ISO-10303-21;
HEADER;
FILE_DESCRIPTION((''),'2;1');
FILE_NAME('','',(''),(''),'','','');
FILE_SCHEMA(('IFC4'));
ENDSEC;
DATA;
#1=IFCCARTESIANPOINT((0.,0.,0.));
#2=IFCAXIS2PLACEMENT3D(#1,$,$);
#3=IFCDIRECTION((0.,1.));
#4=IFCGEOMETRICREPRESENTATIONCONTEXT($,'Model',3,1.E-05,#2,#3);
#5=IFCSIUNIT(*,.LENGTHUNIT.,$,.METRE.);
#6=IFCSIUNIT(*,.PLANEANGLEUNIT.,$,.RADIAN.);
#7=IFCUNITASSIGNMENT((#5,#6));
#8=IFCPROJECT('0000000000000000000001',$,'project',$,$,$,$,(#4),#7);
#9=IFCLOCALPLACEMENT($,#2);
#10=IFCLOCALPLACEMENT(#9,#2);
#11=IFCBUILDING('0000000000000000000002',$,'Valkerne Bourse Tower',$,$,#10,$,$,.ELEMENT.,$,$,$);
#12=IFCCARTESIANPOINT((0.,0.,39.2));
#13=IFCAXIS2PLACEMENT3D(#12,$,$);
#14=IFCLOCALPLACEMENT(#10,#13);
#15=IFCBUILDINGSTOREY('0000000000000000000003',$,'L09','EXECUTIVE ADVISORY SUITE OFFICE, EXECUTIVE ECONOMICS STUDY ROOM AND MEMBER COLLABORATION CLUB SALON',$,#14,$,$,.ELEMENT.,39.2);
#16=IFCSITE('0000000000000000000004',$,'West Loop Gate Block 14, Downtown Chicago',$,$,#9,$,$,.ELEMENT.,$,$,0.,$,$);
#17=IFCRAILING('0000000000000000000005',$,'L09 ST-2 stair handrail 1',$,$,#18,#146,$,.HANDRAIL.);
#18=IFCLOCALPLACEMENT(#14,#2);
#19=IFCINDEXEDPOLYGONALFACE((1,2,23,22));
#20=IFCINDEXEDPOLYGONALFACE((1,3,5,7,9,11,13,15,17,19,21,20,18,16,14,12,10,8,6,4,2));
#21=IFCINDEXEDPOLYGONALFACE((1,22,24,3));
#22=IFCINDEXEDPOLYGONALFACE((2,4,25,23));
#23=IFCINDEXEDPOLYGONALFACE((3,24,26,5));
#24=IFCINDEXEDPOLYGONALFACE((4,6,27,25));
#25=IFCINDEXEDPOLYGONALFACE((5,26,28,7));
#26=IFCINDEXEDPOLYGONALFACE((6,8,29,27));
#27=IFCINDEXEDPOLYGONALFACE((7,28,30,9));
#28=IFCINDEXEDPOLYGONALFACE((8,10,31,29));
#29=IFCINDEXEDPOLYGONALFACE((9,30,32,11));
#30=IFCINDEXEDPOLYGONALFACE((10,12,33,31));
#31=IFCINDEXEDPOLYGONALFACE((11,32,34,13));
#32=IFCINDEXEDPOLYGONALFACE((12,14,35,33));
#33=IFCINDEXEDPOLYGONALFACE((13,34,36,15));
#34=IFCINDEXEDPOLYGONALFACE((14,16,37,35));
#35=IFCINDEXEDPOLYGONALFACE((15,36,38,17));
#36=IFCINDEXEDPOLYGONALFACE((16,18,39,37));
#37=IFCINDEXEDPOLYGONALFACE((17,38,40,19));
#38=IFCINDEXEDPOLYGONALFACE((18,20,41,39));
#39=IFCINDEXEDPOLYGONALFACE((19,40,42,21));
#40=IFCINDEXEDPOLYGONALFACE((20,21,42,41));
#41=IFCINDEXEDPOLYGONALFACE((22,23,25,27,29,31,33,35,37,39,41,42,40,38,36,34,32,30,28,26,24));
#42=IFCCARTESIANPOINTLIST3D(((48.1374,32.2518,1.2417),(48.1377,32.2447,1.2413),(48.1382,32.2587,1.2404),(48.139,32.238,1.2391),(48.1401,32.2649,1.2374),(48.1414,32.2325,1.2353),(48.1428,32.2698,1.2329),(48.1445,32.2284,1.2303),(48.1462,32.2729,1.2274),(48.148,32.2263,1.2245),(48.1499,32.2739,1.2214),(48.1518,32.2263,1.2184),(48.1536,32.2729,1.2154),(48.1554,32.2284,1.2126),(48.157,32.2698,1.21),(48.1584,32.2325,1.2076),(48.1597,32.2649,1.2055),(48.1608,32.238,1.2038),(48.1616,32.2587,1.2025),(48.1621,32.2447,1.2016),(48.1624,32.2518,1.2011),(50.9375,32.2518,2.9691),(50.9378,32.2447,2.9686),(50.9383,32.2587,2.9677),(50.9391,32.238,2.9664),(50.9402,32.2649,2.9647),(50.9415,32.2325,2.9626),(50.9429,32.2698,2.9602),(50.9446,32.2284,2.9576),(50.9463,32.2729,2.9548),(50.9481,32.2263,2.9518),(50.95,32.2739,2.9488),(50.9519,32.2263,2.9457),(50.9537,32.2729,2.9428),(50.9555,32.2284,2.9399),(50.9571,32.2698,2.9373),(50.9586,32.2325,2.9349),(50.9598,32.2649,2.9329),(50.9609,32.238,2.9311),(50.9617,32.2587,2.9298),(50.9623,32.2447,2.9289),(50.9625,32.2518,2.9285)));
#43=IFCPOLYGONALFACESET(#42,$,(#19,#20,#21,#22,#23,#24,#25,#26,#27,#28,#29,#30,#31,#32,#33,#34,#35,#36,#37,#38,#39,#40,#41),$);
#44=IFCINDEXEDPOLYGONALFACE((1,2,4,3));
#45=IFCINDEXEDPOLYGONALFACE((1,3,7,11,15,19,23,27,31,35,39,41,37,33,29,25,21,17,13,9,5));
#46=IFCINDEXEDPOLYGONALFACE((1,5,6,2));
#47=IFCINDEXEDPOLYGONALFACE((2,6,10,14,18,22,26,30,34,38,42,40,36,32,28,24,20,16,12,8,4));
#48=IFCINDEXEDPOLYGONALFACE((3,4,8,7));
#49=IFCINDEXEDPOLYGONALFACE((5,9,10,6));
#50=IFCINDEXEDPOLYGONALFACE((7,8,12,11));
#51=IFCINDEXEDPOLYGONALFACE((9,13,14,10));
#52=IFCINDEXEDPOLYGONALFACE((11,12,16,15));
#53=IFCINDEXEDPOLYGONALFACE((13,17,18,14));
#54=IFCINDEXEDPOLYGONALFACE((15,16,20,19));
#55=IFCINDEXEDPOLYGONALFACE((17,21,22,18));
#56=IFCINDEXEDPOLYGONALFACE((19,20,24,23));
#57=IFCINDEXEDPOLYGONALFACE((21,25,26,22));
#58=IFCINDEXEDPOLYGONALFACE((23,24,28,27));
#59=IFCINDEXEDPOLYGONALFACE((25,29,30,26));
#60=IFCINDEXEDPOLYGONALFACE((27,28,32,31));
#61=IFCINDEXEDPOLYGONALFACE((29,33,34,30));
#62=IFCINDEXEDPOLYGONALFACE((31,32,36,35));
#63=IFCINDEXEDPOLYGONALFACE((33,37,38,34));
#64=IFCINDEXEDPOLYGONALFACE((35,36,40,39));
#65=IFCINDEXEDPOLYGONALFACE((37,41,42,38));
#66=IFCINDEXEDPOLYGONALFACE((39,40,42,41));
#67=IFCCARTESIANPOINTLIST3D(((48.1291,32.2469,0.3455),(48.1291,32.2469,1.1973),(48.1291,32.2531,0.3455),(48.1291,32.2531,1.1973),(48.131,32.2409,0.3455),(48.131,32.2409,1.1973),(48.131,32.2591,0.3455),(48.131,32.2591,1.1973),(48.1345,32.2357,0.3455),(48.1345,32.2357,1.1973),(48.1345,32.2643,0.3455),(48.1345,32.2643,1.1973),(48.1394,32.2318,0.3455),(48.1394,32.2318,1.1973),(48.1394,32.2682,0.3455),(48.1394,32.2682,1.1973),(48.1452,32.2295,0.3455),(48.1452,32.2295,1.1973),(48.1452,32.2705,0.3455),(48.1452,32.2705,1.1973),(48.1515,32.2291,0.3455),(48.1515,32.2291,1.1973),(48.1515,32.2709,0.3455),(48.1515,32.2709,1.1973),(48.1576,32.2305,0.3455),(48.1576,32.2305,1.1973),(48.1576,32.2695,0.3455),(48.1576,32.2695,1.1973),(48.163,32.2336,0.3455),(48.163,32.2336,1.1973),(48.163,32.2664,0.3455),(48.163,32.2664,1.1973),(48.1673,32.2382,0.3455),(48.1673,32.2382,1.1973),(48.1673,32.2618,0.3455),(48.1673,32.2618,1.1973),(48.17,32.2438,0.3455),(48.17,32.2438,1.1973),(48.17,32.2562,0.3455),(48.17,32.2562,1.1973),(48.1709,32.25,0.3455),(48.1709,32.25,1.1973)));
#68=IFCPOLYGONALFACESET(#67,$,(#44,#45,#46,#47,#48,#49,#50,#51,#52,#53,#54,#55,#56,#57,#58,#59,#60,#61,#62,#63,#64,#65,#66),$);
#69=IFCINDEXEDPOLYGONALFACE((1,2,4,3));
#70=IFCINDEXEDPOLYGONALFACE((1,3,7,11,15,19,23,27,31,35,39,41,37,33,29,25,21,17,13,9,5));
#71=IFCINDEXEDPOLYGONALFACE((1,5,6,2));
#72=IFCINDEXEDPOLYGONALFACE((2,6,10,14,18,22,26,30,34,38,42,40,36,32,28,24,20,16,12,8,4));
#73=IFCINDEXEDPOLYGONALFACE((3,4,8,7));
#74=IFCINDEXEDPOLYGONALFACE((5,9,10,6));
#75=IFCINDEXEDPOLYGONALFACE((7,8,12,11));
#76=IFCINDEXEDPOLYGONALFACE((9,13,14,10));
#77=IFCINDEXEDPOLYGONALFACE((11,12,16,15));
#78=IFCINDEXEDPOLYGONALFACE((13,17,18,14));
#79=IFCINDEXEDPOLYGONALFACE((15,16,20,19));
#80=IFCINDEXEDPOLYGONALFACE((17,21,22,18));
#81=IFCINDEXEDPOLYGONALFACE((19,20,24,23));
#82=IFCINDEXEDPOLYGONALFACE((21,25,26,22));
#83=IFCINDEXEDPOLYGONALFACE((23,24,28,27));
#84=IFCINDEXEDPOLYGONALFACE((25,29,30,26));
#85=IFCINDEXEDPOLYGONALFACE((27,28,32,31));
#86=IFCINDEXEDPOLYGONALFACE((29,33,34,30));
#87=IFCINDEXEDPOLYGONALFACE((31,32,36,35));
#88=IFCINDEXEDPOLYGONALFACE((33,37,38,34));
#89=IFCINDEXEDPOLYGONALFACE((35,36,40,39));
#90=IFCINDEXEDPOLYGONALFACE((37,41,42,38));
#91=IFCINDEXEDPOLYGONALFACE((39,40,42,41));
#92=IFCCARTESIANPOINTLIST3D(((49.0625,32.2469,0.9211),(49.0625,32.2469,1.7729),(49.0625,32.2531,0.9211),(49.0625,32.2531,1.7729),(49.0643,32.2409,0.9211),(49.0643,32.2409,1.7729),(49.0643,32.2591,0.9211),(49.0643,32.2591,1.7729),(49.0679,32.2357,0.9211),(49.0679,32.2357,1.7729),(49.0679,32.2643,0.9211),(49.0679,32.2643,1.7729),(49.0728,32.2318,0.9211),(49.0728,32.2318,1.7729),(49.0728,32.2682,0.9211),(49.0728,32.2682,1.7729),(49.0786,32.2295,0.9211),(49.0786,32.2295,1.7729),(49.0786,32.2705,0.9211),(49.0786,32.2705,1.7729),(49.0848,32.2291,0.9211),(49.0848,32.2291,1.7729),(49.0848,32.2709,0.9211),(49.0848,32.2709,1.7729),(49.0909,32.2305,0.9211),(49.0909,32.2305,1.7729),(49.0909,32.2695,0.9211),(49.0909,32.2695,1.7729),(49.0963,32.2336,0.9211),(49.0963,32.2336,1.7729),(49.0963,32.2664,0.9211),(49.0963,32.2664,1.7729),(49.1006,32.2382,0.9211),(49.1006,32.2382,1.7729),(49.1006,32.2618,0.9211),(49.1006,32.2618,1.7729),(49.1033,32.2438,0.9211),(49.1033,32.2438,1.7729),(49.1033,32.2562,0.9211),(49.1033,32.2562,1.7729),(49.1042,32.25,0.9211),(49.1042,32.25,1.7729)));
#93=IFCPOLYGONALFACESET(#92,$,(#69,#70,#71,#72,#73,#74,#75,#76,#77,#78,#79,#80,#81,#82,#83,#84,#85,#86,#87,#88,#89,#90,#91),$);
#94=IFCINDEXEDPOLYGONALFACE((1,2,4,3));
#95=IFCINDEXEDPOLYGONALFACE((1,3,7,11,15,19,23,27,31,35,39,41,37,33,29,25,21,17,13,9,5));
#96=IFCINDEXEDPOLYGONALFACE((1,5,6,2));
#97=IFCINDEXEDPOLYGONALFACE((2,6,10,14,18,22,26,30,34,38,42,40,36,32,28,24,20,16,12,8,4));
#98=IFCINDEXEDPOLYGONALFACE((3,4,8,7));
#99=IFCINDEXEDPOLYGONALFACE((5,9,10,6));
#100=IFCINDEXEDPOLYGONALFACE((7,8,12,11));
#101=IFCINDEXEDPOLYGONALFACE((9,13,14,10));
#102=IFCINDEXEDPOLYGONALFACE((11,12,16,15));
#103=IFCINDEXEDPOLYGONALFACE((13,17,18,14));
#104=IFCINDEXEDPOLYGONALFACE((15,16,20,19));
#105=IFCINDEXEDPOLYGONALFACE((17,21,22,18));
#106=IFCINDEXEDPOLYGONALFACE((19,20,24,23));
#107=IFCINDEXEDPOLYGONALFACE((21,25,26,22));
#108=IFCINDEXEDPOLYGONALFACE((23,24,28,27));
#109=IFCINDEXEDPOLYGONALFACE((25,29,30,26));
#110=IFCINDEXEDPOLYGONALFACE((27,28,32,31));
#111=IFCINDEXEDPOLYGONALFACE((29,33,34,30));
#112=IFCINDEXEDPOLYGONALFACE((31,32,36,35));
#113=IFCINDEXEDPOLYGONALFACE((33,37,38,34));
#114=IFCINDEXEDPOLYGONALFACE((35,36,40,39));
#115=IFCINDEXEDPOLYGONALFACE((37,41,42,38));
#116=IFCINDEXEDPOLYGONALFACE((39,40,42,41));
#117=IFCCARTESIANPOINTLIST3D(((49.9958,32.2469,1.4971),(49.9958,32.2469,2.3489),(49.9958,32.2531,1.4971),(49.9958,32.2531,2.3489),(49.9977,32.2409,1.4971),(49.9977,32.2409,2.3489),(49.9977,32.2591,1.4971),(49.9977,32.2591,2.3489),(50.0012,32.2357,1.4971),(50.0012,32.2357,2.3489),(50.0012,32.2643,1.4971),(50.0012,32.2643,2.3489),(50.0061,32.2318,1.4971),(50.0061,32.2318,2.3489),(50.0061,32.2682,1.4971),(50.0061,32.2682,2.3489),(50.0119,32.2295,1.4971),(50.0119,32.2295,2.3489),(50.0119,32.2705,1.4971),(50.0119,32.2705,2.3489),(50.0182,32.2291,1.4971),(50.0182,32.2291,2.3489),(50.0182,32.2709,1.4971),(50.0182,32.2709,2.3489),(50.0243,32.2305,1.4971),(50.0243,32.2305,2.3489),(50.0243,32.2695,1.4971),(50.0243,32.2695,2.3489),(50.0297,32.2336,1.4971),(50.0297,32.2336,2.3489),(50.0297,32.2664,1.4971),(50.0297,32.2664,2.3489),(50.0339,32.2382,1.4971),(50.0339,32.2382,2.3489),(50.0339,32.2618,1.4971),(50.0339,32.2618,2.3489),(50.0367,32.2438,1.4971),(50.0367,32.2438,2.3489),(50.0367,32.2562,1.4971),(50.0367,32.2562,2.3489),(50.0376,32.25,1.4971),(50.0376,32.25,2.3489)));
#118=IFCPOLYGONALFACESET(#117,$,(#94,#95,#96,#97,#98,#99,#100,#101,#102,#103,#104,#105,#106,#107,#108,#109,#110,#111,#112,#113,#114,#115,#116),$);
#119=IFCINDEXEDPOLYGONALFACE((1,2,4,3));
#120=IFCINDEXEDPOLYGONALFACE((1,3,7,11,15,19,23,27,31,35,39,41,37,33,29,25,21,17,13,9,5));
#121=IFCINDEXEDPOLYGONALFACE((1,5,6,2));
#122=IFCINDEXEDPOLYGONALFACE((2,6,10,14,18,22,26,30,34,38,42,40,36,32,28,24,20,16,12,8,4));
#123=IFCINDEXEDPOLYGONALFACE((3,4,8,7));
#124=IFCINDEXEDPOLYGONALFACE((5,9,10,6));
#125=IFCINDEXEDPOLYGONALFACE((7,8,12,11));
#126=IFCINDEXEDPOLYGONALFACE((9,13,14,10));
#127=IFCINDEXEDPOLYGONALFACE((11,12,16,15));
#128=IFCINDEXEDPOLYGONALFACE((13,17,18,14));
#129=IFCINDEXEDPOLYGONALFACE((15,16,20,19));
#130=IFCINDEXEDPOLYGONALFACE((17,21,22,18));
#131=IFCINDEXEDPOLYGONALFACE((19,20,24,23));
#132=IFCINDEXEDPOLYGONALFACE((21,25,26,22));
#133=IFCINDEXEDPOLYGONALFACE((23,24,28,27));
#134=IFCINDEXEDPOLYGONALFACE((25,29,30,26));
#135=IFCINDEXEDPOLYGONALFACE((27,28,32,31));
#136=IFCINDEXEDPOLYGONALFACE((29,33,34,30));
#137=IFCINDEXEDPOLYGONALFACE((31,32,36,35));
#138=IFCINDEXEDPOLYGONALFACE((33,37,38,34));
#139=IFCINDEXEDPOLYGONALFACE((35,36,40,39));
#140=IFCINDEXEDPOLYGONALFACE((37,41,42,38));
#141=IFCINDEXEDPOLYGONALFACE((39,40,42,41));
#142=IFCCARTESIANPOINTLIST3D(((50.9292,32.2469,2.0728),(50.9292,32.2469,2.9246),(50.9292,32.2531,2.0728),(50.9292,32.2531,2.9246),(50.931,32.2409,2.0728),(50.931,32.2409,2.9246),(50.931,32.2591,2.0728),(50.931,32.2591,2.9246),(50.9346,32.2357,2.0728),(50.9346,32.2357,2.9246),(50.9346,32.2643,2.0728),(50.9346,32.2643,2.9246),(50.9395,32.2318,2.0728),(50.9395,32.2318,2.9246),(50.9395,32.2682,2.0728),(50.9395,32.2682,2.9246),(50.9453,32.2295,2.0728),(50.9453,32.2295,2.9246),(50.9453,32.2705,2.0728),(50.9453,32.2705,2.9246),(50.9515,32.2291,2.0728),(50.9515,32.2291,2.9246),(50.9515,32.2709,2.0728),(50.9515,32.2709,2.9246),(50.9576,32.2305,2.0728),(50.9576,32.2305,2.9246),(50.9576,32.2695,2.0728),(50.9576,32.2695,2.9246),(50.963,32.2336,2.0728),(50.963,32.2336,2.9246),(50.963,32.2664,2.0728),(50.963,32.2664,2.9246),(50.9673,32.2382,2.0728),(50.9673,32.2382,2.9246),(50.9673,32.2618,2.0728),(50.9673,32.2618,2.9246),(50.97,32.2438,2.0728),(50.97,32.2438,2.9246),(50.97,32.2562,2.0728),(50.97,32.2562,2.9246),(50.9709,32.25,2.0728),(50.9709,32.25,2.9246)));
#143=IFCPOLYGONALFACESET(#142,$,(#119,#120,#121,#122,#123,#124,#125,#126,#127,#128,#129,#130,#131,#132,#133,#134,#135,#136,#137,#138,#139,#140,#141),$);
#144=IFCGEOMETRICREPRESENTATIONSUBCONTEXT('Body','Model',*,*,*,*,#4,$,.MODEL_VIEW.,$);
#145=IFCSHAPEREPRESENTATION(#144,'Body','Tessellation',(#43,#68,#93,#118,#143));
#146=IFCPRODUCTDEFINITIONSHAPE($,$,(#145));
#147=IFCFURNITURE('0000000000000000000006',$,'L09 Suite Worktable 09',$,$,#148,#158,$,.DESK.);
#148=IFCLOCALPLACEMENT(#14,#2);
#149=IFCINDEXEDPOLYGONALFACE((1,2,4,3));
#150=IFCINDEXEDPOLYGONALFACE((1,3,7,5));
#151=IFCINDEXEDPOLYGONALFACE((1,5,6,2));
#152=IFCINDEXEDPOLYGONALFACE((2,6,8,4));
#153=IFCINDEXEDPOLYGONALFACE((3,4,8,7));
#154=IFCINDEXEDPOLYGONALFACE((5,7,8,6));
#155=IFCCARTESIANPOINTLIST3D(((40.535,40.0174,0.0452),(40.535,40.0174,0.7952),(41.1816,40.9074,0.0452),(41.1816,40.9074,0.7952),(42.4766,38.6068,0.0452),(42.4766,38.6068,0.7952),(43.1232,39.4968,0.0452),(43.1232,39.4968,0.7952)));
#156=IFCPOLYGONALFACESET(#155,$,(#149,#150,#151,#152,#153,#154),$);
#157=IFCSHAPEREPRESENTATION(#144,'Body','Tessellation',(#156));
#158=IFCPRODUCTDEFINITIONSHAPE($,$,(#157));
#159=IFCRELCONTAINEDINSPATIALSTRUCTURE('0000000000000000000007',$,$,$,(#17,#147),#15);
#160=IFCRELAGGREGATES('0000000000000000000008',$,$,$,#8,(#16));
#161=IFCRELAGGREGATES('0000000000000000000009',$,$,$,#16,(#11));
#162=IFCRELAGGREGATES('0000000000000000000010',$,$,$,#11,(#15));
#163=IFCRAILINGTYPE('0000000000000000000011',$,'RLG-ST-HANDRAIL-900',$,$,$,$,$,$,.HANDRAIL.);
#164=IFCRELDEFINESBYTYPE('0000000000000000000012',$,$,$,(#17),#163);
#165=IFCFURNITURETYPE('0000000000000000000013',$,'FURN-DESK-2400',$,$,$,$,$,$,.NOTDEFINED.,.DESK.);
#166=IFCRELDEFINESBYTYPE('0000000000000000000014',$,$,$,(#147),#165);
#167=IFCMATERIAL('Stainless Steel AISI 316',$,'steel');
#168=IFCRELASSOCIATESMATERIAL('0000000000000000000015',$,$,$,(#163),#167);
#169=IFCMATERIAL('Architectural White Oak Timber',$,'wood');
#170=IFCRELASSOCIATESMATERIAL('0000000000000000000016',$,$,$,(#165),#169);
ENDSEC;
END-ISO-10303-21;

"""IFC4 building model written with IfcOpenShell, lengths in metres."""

from ifc_helpers import new_model, si_unit, direction, frame, origin, origin_2d, place, context, subcontext, project, spatial, rectangle, circle, extrude, material, type_object, element, save


model = new_model("IFC4")

# Units and contexts
model_context = context("Model", 3, precision=1e-05, world=origin(), true_north=direction((0.0, 1.0)))
body_context = subcontext(model_context, "Body", "Model", "MODEL_VIEW")
ifc_project = project(units=[si_unit("LENGTHUNIT", "METRE"), si_unit("PLANEANGLEUNIT", "RADIAN")], contexts=[model_context])

# Site, building, storey
site_placement = place(None, origin())
site = spatial("IfcSite", under=ifc_project, at=site_placement, Name="West Loop Gate Block 14, Downtown Chicago", CompositionType="ELEMENT", RefElevation=0.0)
building_placement = place(site_placement, origin())
building = spatial("IfcBuilding", under=site, at=building_placement, Name="Valkerne Bourse Tower", CompositionType="ELEMENT")
storey_placement = place(building_placement, frame((0.0, 0.0, 39.2)))
storey = spatial("IfcBuildingStorey", under=building, at=storey_placement, Name="L09", Description="EXECUTIVE ADVISORY SUITE OFFICE, EXECUTIVE ECONOMICS STUDY ROOM AND MEMBER COLLABORATION CLUB SALON", CompositionType="ELEMENT", Elevation=39.2)

# Shared definitions
ifc_material_1 = material(Name="Stainless Steel AISI 316", Category="steel")

# Railing
railing_type_1 = type_object("IfcRailingType", Name="RLG-ST-HANDRAIL-900", PredefinedType="HANDRAIL", material=ifc_material_1)
railing_1_placement = place(storey_placement, frame((48.1499, 32.25, 0.3455)))
element("IfcRailing", 1, at=railing_1_placement, inside=storey, type_object=railing_type_1, Name="L09 ST-2 stair handrail 1", PredefinedType="HANDRAIL", context=body_context, shape_type="SweptSolid", body=[
    extrude(circle(Radius=0.0239, at=origin_2d()), frame((0.0, 0.0, 0.876), z_axis=(0.85109, 0.0, 0.52502), x_axis=(0.0, 1.0, 0.0)), (0.0, 0.0, 1.0), 3.29),
    extrude(circle(Radius=0.021, at=origin_2d()), origin(), (0.0, 0.0, 1.0), 0.8518),
    extrude(circle(Radius=0.021, at=origin_2d()), frame((0.9333, 0.0, 0.5757)), (0.0, 0.0, 1.0), 0.8518),
    extrude(circle(Radius=0.021, at=origin_2d()), frame((1.8667, 0.0, 1.1516)), (0.0, 0.0, 1.0), 0.8518),
    extrude(circle(Radius=0.021, at=origin_2d()), frame((2.8, 0.0, 1.7273)), (0.0, 0.0, 1.0), 0.8518),
])

# Furniture
ifc_material_2 = material(Name="Architectural White Oak Timber", Category="wood")
furniture_type = type_object("IfcFurnitureType", Name="FURN-DESK-2400", AssemblyPlace="NOTDEFINED", PredefinedType="DESK", material=ifc_material_2)
furniture_placement = place(storey_placement, frame((41.8291, 39.7571, 0.0452), z_axis=(0.0, 0.0, 1.0), x_axis=(-0.809017, 0.587785, 0.0)))
element("IfcFurniture", 2, at=furniture_placement, inside=storey, type_object=furniture_type, Name="L09 Suite Worktable 09", PredefinedType="DESK", context=body_context, shape_type="SweptSolid", body=[
    extrude(rectangle(XDim=2.3999, YDim=1.1001, at=origin_2d()), origin(), (0.0, 0.0, 1.0), 0.75),
])

save(model, "model.ifc")
